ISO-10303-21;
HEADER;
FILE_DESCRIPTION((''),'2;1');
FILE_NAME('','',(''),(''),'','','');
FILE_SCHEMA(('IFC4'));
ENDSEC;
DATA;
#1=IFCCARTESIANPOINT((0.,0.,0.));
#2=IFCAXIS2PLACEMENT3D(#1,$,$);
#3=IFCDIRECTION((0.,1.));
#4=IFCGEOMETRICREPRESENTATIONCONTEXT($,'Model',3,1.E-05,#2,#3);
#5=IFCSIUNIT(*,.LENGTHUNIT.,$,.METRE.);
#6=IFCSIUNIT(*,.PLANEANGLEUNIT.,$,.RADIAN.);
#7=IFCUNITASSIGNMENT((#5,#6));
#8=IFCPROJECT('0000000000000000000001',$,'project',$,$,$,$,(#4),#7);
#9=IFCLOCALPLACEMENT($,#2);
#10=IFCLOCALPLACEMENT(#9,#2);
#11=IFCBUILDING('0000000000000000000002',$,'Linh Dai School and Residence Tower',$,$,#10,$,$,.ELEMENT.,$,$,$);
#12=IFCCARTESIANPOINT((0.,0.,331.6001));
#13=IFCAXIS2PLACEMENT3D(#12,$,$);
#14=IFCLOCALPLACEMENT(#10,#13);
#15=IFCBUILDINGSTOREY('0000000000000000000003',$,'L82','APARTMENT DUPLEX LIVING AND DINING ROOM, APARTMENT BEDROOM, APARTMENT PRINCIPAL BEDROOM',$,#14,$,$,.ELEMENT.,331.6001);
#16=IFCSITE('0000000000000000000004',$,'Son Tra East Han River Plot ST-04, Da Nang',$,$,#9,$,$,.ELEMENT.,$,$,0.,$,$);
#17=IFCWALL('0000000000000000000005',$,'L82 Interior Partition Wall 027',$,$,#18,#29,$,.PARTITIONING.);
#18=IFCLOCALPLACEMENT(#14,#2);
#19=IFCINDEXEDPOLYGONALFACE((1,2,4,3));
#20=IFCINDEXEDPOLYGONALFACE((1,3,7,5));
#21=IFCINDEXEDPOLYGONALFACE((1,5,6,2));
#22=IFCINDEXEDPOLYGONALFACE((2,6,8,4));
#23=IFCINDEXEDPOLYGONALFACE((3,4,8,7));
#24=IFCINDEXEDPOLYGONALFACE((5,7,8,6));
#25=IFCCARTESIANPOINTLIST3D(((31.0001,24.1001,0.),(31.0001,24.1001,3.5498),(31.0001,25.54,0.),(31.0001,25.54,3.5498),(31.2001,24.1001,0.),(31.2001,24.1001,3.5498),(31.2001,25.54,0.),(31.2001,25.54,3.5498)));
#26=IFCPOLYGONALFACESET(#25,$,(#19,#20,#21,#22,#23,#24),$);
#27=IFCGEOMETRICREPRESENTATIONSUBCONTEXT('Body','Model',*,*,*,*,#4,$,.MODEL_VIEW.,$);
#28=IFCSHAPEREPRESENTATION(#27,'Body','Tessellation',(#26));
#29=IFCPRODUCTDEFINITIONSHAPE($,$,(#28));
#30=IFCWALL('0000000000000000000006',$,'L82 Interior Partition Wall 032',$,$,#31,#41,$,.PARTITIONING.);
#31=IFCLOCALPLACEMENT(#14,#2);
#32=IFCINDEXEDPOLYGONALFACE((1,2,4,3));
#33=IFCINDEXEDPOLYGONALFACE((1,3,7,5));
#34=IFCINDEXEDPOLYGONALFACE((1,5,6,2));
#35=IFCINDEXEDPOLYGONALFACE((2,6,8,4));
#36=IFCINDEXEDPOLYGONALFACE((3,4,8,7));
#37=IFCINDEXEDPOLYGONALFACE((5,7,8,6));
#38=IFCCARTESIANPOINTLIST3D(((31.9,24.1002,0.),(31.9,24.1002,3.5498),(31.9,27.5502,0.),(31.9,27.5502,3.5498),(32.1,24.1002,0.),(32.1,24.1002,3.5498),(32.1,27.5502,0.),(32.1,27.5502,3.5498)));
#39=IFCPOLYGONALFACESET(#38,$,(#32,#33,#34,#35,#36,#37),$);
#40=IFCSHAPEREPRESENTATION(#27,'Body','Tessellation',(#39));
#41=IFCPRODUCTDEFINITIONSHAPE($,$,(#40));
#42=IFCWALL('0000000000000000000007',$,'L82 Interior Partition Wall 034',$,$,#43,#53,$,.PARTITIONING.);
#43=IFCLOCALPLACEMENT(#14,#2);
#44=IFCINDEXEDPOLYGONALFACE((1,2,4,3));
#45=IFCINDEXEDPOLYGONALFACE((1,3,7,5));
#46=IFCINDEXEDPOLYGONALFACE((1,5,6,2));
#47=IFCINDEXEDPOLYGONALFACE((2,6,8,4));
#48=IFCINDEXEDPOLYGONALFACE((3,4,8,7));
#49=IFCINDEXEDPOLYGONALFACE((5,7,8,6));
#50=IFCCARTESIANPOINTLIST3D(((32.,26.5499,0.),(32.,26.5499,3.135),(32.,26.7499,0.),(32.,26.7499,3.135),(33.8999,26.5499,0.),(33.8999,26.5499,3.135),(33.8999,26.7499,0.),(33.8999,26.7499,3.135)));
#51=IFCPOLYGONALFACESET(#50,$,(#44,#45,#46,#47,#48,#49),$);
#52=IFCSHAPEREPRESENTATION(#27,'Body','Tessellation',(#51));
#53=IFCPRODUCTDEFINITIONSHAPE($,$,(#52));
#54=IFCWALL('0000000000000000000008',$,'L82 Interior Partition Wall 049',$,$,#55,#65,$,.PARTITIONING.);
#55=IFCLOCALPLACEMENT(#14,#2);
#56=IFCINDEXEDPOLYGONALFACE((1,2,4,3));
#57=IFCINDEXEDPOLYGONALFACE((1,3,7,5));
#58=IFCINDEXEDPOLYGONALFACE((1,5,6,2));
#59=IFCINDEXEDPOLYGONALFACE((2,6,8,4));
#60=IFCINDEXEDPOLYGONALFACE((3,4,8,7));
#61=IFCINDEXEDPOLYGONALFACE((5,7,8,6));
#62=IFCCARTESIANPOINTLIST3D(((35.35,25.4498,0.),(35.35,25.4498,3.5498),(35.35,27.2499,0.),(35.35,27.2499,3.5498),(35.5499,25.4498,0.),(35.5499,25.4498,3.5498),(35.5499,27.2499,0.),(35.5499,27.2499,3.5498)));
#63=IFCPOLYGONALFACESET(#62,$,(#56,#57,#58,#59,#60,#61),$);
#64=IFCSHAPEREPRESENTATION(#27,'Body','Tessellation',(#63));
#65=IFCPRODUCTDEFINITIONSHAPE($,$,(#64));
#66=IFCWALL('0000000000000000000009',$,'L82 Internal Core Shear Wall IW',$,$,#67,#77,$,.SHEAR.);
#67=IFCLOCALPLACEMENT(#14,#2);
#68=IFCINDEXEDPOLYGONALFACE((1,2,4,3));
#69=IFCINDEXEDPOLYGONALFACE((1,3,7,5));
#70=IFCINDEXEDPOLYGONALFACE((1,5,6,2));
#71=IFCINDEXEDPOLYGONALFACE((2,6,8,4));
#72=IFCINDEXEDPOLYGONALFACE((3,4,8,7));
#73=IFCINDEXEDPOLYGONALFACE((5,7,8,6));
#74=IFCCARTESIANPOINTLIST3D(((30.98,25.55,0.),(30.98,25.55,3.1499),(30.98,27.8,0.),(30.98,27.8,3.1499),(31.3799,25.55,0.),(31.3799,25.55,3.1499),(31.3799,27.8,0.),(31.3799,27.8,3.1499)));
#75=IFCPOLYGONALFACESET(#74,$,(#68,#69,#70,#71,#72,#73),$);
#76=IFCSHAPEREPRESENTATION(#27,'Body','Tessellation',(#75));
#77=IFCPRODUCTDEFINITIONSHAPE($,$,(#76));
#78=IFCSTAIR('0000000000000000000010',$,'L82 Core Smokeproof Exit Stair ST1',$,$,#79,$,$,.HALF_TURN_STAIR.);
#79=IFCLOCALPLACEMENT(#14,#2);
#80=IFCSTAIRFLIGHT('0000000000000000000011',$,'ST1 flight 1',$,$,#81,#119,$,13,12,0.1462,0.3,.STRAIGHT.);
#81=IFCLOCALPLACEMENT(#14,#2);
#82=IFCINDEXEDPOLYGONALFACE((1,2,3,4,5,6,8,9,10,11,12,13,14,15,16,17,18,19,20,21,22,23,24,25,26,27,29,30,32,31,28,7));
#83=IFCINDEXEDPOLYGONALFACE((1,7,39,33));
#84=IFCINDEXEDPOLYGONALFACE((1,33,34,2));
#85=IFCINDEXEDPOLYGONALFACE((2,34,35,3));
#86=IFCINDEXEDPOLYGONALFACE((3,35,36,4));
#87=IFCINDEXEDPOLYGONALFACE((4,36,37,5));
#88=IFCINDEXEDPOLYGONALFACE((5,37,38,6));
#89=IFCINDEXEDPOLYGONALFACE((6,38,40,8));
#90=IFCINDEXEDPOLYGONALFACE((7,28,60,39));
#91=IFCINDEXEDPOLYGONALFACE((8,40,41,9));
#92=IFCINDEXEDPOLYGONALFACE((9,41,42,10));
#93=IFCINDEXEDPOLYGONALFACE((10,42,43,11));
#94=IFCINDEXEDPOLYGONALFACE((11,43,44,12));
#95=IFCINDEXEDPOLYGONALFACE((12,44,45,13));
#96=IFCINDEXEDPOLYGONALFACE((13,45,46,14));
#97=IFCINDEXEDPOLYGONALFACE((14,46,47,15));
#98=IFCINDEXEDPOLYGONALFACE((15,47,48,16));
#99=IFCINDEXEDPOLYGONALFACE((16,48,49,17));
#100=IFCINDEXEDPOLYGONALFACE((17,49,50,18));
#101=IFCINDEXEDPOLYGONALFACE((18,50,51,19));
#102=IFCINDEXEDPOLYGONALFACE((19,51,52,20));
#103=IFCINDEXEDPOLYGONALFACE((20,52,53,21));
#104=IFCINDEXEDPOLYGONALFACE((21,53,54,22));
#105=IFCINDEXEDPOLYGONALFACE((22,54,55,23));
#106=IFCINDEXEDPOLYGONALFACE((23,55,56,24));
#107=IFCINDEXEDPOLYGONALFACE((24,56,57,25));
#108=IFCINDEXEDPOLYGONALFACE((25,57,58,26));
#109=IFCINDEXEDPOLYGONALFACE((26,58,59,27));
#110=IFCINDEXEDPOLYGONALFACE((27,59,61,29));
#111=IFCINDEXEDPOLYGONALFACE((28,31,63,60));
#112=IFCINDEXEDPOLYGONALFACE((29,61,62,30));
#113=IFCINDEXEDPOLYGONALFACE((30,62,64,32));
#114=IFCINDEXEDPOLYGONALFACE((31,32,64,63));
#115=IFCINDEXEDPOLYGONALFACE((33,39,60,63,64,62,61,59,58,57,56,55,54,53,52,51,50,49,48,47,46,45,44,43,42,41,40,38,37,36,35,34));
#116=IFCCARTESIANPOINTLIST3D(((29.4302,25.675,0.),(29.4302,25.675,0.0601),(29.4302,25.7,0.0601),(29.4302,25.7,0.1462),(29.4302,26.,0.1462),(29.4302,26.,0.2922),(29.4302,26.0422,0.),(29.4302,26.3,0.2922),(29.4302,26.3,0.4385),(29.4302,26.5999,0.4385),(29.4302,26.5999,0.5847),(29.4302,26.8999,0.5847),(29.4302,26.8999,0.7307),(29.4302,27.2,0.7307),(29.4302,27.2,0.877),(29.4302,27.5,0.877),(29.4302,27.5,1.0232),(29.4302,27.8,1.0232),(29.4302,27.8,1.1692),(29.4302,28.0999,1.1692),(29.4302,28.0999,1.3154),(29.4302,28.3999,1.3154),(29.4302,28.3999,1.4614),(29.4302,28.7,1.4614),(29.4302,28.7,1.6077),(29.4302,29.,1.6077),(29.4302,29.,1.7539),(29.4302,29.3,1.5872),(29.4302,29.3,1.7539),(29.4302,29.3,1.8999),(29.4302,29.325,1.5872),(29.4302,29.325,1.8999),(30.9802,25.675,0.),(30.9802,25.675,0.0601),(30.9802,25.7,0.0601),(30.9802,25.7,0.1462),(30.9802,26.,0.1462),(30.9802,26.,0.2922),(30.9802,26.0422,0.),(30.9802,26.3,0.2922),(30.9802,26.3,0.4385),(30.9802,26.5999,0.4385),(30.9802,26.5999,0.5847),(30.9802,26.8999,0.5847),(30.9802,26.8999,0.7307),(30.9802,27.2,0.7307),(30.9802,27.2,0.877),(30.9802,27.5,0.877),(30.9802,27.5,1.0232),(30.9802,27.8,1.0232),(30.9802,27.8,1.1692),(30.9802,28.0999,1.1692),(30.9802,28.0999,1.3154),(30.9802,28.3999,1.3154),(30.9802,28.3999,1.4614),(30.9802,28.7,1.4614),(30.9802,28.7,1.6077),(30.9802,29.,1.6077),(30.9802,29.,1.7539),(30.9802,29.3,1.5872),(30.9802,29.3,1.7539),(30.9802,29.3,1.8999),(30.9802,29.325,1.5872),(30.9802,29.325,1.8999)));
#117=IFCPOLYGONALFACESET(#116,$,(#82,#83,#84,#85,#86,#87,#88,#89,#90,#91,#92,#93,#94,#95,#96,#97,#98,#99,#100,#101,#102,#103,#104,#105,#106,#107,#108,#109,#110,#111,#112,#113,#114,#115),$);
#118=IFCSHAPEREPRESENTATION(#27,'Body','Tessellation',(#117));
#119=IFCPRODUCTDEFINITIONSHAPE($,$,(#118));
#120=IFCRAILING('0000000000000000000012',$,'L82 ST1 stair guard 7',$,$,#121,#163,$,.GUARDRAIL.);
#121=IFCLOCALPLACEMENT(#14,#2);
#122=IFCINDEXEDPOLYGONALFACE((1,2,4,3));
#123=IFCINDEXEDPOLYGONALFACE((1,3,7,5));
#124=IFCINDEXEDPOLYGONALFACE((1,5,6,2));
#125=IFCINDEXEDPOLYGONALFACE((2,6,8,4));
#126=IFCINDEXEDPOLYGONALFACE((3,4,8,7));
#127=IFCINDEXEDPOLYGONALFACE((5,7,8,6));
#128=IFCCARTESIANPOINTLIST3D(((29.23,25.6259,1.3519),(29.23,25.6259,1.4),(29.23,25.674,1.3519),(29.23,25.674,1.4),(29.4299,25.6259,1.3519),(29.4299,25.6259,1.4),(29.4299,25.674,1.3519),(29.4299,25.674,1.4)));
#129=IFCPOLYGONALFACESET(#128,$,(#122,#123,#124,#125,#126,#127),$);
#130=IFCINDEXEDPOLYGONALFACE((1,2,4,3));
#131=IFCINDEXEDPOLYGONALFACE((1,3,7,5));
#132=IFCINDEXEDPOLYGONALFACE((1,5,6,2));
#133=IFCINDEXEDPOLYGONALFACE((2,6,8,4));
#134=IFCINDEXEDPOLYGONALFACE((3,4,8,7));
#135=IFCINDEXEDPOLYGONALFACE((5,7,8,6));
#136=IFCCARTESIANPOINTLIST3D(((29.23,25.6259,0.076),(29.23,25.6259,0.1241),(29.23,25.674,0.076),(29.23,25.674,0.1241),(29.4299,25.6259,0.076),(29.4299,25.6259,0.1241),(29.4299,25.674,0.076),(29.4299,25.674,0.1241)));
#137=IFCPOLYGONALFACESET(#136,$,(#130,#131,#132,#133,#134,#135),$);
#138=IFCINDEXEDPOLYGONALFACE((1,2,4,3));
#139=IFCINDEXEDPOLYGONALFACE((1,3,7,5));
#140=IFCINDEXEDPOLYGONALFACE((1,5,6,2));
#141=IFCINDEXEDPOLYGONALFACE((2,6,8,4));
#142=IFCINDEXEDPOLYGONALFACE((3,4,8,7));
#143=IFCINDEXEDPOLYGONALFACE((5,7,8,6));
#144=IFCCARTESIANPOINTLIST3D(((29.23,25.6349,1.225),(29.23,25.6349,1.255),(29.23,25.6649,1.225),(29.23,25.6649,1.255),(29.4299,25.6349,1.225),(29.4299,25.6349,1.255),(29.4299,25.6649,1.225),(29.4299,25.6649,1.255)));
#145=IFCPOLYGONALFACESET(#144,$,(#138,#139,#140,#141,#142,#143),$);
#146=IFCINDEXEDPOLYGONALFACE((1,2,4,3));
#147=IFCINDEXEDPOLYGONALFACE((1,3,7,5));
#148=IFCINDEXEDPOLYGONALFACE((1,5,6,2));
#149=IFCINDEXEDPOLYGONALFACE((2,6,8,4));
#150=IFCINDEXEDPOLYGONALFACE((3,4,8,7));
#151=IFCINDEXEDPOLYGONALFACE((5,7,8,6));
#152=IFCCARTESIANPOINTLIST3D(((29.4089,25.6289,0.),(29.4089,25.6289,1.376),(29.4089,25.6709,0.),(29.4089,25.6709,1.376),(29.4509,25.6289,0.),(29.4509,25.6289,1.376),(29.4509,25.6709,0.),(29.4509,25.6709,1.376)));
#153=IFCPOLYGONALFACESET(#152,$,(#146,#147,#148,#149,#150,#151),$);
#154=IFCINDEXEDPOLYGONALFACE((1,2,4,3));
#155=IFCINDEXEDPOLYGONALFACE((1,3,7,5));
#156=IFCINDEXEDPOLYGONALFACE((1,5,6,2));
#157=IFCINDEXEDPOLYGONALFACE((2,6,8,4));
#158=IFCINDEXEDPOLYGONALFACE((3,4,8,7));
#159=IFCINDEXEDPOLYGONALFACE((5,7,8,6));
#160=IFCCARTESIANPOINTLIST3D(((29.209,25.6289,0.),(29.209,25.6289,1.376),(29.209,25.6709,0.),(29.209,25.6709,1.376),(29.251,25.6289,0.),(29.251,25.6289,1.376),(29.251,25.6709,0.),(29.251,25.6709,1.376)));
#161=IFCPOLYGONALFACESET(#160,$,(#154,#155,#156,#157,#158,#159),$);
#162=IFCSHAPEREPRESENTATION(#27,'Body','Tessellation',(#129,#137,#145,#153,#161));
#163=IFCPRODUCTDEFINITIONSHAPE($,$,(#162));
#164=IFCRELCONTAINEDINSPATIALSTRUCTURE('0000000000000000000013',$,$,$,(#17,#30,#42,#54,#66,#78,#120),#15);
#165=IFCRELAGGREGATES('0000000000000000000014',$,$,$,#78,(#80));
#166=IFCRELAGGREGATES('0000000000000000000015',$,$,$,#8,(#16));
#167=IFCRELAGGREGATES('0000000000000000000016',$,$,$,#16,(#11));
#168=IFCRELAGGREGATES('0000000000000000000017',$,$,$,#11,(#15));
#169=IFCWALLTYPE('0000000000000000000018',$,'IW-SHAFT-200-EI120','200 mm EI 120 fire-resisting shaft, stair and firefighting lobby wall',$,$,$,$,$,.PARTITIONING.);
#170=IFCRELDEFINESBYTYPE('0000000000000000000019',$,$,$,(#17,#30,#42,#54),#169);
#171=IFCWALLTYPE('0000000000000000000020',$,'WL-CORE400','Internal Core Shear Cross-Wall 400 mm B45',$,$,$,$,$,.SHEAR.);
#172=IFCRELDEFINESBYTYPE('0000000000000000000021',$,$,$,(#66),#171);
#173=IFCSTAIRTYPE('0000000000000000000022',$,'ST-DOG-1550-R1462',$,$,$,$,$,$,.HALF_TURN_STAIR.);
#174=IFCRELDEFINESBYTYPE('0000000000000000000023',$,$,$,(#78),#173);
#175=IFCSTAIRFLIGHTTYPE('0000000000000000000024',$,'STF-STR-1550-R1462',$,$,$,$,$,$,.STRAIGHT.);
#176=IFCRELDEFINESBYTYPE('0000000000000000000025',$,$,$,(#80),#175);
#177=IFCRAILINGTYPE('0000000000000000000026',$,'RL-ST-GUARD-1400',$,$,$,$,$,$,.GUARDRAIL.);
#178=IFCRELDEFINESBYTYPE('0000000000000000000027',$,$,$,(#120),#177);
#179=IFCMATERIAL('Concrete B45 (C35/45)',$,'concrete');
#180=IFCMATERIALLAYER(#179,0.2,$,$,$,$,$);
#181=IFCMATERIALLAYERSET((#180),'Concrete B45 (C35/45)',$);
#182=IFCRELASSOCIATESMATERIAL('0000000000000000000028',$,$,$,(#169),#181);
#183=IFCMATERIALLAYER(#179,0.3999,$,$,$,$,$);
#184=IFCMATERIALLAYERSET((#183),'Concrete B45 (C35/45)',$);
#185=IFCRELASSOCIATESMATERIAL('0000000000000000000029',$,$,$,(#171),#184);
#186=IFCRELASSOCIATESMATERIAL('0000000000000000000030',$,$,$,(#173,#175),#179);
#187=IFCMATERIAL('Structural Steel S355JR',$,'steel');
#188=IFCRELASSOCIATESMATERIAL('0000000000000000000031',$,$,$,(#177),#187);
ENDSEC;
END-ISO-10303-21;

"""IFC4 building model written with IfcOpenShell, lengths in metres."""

from ifc_helpers import new_model, si_unit, direction, frame, frame_2d, origin, origin_2d, place, context, subcontext, project, spatial, polyline, rectangle, outline, extrude, source, transform, mapped, material, layer, layer_set, type_object, element, aggregate, save


model = new_model("IFC4")

# Units and contexts
model_context = context("Model", 3, precision=1e-05, world=origin(), true_north=direction((0.0, 1.0)))
body_context = subcontext(model_context, "Body", "Model", "MODEL_VIEW")
ifc_project = project(units=[si_unit("LENGTHUNIT", "METRE"), si_unit("PLANEANGLEUNIT", "RADIAN")], contexts=[model_context])

# Site, building, storey
site_placement = place(None, origin())
site = spatial("IfcSite", under=ifc_project, at=site_placement, Name="Son Tra East Han River Plot ST-04, Da Nang", CompositionType="ELEMENT", RefElevation=0.0)
building_placement = place(site_placement, origin())
building = spatial("IfcBuilding", under=site, at=building_placement, Name="Linh Dai School and Residence Tower", CompositionType="ELEMENT")
storey_placement = place(building_placement, frame((0.0, 0.0, 331.6001)))
storey = spatial("IfcBuildingStorey", under=building, at=storey_placement, Name="L82", Description="APARTMENT DUPLEX LIVING AND DINING ROOM, APARTMENT BEDROOM, APARTMENT PRINCIPAL BEDROOM", CompositionType="ELEMENT", Elevation=331.6001)

# Shared definitions
ifc_material_1 = material(Name="Structural Steel S355JR", Category="steel")

# Shared definitions
ifc_material_2 = material(Name="Concrete B45 (C35/45)", Category="concrete")
ifc_layer_1 = layer(ifc_material_2, 0.2)
ifc_layer_set_1 = layer_set([ifc_layer_1], Name="Concrete B45 (C35/45)")
wall_type_1 = type_object("IfcWallType", Name="IW-SHAFT-200-EI120", Description="200 mm EI 120 fire-resisting shaft, stair and firefighting lobby wall", PredefinedType="PARTITIONING", material=ifc_layer_set_1)

# Walls
wall_1_placement = place(storey_placement, frame((31.1001, 24.1001, 0.0), z_axis=(0.0, 0.0, 1.0), x_axis=(0.0, 1.0, 0.0)))
element("IfcWall", 1, at=wall_1_placement, inside=storey, type_object=wall_type_1, Name="L82 Interior Partition Wall 027", PredefinedType="PARTITIONING", context=body_context, shape_type="SweptSolid", body=[
    extrude(rectangle(XDim=1.4399, YDim=0.2, at=frame_2d((0.72, 0.0))), origin(), (0.0, 0.0, 1.0), 3.5498),
])
wall_2_placement = place(storey_placement, frame((32.0, 24.1001, 0.0), z_axis=(0.0, 0.0, 1.0), x_axis=(0.0, 1.0, 0.0)))
element("IfcWall", 2, at=wall_2_placement, inside=storey, type_object=wall_type_1, Name="L82 Interior Partition Wall 032", PredefinedType="PARTITIONING", context=body_context, shape_type="SweptSolid", body=[
    extrude(rectangle(XDim=3.45, YDim=0.2, at=frame_2d((1.7251, 0.0))), origin(), (0.0, 0.0, 1.0), 3.5498),
])

# Walls
wall_3_placement = place(storey_placement, frame((32.0, 26.6499, 0.0), z_axis=(0.0, 0.0, 1.0), x_axis=(1.0, 0.0, 0.0)))
element("IfcWall", 3, at=wall_3_placement, inside=storey, type_object=wall_type_1, Name="L82 Interior Partition Wall 034", PredefinedType="PARTITIONING", context=body_context, shape_type="SweptSolid", body=[
    extrude(rectangle(XDim=1.8999, YDim=0.2, at=frame_2d((0.95, 0.0))), origin(), (0.0, 0.0, 1.0), 3.135),
])
wall_4_placement = place(storey_placement, frame((35.45, 25.45, 0.0), z_axis=(0.0, 0.0, 1.0), x_axis=(0.0, 1.0, 0.0)))
element("IfcWall", 4, at=wall_4_placement, inside=storey, type_object=wall_type_1, Name="L82 Interior Partition Wall 049", PredefinedType="PARTITIONING", context=body_context, shape_type="SweptSolid", body=[
    extrude(rectangle(XDim=1.8, YDim=0.2, at=frame_2d((0.8999, 0.0))), origin(), (0.0, 0.0, 1.0), 3.5498),
])

# Wall
ifc_layer_2 = layer(ifc_material_2, 0.3999)
ifc_layer_set_2 = layer_set([ifc_layer_2], Name="Concrete B45 (C35/45)")
wall_type_2 = type_object("IfcWallType", Name="WL-CORE400", Description="Internal Core Shear Cross-Wall 400 mm B45", PredefinedType="SHEAR", material=ifc_layer_set_2)
wall_5_placement = place(storey_placement, frame((31.1799, 25.55, 0.0), z_axis=(0.0, 0.0, 1.0), x_axis=(0.0, 1.0, 0.0)))
element("IfcWall", 5, at=wall_5_placement, inside=storey, type_object=wall_type_2, Name="L82 Internal Core Shear Wall IW", PredefinedType="SHEAR", context=body_context, shape_type="SweptSolid", body=[
    extrude(rectangle(XDim=2.25, YDim=0.3999, at=frame_2d((1.125, 0.0))), origin(), (0.0, 0.0, 1.0), 3.1499),
])

# Stair, stair flight
stair_type = type_object("IfcStairType", Name="ST-DOG-1550-R1462", PredefinedType="HALF_TURN_STAIR", material=ifc_material_2)
stair_placement = place(storey_placement, origin())
stair = element("IfcStair", 6, at=stair_placement, inside=storey, type_object=stair_type, Name="L82 Core Smokeproof Exit Stair ST1", PredefinedType="HALF_TURN_STAIR")
stair_flight_type = type_object("IfcStairFlightType", Name="STF-STR-1550-R1462", PredefinedType="STRAIGHT", material=ifc_material_2)
shared_shape_1 = source(origin(), body_context, "Body", "SweptSolid", [
    extrude(outline(polyline([(-0.0249, 0.0), (-0.0249, 0.0601), (0.0, 0.0601), (0.0, 0.1462), (0.3, 0.1462), (0.3, 0.2922), (0.6001, 0.2922), (0.6001, 0.4385), (0.8999, 0.4385), (0.8999, 0.5847), (1.2, 0.5847), (1.2, 0.7307), (1.5, 0.7307), (1.5, 0.877), (1.8, 0.877), (1.8, 1.0232), (2.1001, 1.0232), (2.1001, 1.1692), (2.3999, 1.1692), (2.3999, 1.3154), (2.7, 1.3154), (2.7, 1.4614), (3.0, 1.4614), (3.0, 1.6077), (3.3, 1.6077), (3.3, 1.7539), (3.6001, 1.7539), (3.6001, 1.8999), (3.625, 1.8999), (3.625, 1.5872), (3.6001, 1.5872), (0.3423, 0.0), (-0.0249, 0.0)])), frame((0.0, 0.7749, 0.0), z_axis=(0.0, -1.0, 0.0), x_axis=(1.0, 0.0, 0.0)), (0.0, 0.0, 1.0), 1.55),
])
stair_flight_placement = place(storey_placement, frame((30.2051, 25.7, 0.0), z_axis=(0.0, 0.0, 1.0), x_axis=(0.0, 1.0, 0.0)))
stair_flight = element("IfcStairFlight", 7, at=stair_flight_placement, type_object=stair_flight_type, Name="ST1 flight 1", NumberOfRisers=13, NumberOfTreads=12, PredefinedType="STRAIGHT", RiserHeight=0.1462, TreadLength=0.3, context=body_context, shape_type="MappedRepresentation", body=[
    mapped(shared_shape_1, transform((0.0, 0.0, 0.0), x_axis=(1.0, 0.0, 0.0), y_axis=(0.0, 1.0, 0.0), z_axis=(0.0, 0.0, 1.0), scale=1.0)),
])
aggregate(stair, [stair_flight])

# Railing
railing_type_1 = type_object("IfcRailingType", Name="RL-ST-GUARD-1400", PredefinedType="GUARDRAIL", material=ifc_material_1)
shared_shape_2 = source(origin(), body_context, "Body", "SweptSolid", [
    extrude(rectangle(XDim=0.0481, YDim=0.0481, at=origin_2d()), frame((0.0, 0.0, 1.376), z_axis=(-1.0, 0.0, 0.0), x_axis=(0.0, -1.0, 0.0)), (0.0, 0.0, 1.0), 0.2),
    extrude(rectangle(XDim=0.0481, YDim=0.0481, at=origin_2d()), frame((0.0, 0.0, 0.1001), z_axis=(-1.0, 0.0, 0.0), x_axis=(0.0, -1.0, 0.0)), (0.0, 0.0, 1.0), 0.2),
    extrude(rectangle(XDim=0.03, YDim=0.03, at=origin_2d()), frame((0.0, 0.0, 1.24), z_axis=(-1.0, 0.0, 0.0), x_axis=(0.0, -1.0, 0.0)), (0.0, 0.0, 1.0), 0.2),
    extrude(rectangle(XDim=0.042, YDim=0.042, at=origin_2d()), origin(), (0.0, 0.0, 1.0), 1.376),
    extrude(rectangle(XDim=0.042, YDim=0.042, at=origin_2d()), frame((-0.2, 0.0, 0.0)), (0.0, 0.0, 1.0), 1.376),
])
railing_1_placement = place(storey_placement, frame((29.4299, 25.6499, 0.0)))
element("IfcRailing", 8, at=railing_1_placement, inside=storey, type_object=railing_type_1, Name="L82 ST1 stair guard 7", PredefinedType="GUARDRAIL", context=body_context, shape_type="MappedRepresentation", body=[
    mapped(shared_shape_2, transform((0.0, 0.0, 0.0), x_axis=(1.0, 0.0, 0.0), y_axis=(0.0, 1.0, 0.0), z_axis=(0.0, 0.0, 1.0), scale=1.0)),
])

save(model, "model.ifc")
